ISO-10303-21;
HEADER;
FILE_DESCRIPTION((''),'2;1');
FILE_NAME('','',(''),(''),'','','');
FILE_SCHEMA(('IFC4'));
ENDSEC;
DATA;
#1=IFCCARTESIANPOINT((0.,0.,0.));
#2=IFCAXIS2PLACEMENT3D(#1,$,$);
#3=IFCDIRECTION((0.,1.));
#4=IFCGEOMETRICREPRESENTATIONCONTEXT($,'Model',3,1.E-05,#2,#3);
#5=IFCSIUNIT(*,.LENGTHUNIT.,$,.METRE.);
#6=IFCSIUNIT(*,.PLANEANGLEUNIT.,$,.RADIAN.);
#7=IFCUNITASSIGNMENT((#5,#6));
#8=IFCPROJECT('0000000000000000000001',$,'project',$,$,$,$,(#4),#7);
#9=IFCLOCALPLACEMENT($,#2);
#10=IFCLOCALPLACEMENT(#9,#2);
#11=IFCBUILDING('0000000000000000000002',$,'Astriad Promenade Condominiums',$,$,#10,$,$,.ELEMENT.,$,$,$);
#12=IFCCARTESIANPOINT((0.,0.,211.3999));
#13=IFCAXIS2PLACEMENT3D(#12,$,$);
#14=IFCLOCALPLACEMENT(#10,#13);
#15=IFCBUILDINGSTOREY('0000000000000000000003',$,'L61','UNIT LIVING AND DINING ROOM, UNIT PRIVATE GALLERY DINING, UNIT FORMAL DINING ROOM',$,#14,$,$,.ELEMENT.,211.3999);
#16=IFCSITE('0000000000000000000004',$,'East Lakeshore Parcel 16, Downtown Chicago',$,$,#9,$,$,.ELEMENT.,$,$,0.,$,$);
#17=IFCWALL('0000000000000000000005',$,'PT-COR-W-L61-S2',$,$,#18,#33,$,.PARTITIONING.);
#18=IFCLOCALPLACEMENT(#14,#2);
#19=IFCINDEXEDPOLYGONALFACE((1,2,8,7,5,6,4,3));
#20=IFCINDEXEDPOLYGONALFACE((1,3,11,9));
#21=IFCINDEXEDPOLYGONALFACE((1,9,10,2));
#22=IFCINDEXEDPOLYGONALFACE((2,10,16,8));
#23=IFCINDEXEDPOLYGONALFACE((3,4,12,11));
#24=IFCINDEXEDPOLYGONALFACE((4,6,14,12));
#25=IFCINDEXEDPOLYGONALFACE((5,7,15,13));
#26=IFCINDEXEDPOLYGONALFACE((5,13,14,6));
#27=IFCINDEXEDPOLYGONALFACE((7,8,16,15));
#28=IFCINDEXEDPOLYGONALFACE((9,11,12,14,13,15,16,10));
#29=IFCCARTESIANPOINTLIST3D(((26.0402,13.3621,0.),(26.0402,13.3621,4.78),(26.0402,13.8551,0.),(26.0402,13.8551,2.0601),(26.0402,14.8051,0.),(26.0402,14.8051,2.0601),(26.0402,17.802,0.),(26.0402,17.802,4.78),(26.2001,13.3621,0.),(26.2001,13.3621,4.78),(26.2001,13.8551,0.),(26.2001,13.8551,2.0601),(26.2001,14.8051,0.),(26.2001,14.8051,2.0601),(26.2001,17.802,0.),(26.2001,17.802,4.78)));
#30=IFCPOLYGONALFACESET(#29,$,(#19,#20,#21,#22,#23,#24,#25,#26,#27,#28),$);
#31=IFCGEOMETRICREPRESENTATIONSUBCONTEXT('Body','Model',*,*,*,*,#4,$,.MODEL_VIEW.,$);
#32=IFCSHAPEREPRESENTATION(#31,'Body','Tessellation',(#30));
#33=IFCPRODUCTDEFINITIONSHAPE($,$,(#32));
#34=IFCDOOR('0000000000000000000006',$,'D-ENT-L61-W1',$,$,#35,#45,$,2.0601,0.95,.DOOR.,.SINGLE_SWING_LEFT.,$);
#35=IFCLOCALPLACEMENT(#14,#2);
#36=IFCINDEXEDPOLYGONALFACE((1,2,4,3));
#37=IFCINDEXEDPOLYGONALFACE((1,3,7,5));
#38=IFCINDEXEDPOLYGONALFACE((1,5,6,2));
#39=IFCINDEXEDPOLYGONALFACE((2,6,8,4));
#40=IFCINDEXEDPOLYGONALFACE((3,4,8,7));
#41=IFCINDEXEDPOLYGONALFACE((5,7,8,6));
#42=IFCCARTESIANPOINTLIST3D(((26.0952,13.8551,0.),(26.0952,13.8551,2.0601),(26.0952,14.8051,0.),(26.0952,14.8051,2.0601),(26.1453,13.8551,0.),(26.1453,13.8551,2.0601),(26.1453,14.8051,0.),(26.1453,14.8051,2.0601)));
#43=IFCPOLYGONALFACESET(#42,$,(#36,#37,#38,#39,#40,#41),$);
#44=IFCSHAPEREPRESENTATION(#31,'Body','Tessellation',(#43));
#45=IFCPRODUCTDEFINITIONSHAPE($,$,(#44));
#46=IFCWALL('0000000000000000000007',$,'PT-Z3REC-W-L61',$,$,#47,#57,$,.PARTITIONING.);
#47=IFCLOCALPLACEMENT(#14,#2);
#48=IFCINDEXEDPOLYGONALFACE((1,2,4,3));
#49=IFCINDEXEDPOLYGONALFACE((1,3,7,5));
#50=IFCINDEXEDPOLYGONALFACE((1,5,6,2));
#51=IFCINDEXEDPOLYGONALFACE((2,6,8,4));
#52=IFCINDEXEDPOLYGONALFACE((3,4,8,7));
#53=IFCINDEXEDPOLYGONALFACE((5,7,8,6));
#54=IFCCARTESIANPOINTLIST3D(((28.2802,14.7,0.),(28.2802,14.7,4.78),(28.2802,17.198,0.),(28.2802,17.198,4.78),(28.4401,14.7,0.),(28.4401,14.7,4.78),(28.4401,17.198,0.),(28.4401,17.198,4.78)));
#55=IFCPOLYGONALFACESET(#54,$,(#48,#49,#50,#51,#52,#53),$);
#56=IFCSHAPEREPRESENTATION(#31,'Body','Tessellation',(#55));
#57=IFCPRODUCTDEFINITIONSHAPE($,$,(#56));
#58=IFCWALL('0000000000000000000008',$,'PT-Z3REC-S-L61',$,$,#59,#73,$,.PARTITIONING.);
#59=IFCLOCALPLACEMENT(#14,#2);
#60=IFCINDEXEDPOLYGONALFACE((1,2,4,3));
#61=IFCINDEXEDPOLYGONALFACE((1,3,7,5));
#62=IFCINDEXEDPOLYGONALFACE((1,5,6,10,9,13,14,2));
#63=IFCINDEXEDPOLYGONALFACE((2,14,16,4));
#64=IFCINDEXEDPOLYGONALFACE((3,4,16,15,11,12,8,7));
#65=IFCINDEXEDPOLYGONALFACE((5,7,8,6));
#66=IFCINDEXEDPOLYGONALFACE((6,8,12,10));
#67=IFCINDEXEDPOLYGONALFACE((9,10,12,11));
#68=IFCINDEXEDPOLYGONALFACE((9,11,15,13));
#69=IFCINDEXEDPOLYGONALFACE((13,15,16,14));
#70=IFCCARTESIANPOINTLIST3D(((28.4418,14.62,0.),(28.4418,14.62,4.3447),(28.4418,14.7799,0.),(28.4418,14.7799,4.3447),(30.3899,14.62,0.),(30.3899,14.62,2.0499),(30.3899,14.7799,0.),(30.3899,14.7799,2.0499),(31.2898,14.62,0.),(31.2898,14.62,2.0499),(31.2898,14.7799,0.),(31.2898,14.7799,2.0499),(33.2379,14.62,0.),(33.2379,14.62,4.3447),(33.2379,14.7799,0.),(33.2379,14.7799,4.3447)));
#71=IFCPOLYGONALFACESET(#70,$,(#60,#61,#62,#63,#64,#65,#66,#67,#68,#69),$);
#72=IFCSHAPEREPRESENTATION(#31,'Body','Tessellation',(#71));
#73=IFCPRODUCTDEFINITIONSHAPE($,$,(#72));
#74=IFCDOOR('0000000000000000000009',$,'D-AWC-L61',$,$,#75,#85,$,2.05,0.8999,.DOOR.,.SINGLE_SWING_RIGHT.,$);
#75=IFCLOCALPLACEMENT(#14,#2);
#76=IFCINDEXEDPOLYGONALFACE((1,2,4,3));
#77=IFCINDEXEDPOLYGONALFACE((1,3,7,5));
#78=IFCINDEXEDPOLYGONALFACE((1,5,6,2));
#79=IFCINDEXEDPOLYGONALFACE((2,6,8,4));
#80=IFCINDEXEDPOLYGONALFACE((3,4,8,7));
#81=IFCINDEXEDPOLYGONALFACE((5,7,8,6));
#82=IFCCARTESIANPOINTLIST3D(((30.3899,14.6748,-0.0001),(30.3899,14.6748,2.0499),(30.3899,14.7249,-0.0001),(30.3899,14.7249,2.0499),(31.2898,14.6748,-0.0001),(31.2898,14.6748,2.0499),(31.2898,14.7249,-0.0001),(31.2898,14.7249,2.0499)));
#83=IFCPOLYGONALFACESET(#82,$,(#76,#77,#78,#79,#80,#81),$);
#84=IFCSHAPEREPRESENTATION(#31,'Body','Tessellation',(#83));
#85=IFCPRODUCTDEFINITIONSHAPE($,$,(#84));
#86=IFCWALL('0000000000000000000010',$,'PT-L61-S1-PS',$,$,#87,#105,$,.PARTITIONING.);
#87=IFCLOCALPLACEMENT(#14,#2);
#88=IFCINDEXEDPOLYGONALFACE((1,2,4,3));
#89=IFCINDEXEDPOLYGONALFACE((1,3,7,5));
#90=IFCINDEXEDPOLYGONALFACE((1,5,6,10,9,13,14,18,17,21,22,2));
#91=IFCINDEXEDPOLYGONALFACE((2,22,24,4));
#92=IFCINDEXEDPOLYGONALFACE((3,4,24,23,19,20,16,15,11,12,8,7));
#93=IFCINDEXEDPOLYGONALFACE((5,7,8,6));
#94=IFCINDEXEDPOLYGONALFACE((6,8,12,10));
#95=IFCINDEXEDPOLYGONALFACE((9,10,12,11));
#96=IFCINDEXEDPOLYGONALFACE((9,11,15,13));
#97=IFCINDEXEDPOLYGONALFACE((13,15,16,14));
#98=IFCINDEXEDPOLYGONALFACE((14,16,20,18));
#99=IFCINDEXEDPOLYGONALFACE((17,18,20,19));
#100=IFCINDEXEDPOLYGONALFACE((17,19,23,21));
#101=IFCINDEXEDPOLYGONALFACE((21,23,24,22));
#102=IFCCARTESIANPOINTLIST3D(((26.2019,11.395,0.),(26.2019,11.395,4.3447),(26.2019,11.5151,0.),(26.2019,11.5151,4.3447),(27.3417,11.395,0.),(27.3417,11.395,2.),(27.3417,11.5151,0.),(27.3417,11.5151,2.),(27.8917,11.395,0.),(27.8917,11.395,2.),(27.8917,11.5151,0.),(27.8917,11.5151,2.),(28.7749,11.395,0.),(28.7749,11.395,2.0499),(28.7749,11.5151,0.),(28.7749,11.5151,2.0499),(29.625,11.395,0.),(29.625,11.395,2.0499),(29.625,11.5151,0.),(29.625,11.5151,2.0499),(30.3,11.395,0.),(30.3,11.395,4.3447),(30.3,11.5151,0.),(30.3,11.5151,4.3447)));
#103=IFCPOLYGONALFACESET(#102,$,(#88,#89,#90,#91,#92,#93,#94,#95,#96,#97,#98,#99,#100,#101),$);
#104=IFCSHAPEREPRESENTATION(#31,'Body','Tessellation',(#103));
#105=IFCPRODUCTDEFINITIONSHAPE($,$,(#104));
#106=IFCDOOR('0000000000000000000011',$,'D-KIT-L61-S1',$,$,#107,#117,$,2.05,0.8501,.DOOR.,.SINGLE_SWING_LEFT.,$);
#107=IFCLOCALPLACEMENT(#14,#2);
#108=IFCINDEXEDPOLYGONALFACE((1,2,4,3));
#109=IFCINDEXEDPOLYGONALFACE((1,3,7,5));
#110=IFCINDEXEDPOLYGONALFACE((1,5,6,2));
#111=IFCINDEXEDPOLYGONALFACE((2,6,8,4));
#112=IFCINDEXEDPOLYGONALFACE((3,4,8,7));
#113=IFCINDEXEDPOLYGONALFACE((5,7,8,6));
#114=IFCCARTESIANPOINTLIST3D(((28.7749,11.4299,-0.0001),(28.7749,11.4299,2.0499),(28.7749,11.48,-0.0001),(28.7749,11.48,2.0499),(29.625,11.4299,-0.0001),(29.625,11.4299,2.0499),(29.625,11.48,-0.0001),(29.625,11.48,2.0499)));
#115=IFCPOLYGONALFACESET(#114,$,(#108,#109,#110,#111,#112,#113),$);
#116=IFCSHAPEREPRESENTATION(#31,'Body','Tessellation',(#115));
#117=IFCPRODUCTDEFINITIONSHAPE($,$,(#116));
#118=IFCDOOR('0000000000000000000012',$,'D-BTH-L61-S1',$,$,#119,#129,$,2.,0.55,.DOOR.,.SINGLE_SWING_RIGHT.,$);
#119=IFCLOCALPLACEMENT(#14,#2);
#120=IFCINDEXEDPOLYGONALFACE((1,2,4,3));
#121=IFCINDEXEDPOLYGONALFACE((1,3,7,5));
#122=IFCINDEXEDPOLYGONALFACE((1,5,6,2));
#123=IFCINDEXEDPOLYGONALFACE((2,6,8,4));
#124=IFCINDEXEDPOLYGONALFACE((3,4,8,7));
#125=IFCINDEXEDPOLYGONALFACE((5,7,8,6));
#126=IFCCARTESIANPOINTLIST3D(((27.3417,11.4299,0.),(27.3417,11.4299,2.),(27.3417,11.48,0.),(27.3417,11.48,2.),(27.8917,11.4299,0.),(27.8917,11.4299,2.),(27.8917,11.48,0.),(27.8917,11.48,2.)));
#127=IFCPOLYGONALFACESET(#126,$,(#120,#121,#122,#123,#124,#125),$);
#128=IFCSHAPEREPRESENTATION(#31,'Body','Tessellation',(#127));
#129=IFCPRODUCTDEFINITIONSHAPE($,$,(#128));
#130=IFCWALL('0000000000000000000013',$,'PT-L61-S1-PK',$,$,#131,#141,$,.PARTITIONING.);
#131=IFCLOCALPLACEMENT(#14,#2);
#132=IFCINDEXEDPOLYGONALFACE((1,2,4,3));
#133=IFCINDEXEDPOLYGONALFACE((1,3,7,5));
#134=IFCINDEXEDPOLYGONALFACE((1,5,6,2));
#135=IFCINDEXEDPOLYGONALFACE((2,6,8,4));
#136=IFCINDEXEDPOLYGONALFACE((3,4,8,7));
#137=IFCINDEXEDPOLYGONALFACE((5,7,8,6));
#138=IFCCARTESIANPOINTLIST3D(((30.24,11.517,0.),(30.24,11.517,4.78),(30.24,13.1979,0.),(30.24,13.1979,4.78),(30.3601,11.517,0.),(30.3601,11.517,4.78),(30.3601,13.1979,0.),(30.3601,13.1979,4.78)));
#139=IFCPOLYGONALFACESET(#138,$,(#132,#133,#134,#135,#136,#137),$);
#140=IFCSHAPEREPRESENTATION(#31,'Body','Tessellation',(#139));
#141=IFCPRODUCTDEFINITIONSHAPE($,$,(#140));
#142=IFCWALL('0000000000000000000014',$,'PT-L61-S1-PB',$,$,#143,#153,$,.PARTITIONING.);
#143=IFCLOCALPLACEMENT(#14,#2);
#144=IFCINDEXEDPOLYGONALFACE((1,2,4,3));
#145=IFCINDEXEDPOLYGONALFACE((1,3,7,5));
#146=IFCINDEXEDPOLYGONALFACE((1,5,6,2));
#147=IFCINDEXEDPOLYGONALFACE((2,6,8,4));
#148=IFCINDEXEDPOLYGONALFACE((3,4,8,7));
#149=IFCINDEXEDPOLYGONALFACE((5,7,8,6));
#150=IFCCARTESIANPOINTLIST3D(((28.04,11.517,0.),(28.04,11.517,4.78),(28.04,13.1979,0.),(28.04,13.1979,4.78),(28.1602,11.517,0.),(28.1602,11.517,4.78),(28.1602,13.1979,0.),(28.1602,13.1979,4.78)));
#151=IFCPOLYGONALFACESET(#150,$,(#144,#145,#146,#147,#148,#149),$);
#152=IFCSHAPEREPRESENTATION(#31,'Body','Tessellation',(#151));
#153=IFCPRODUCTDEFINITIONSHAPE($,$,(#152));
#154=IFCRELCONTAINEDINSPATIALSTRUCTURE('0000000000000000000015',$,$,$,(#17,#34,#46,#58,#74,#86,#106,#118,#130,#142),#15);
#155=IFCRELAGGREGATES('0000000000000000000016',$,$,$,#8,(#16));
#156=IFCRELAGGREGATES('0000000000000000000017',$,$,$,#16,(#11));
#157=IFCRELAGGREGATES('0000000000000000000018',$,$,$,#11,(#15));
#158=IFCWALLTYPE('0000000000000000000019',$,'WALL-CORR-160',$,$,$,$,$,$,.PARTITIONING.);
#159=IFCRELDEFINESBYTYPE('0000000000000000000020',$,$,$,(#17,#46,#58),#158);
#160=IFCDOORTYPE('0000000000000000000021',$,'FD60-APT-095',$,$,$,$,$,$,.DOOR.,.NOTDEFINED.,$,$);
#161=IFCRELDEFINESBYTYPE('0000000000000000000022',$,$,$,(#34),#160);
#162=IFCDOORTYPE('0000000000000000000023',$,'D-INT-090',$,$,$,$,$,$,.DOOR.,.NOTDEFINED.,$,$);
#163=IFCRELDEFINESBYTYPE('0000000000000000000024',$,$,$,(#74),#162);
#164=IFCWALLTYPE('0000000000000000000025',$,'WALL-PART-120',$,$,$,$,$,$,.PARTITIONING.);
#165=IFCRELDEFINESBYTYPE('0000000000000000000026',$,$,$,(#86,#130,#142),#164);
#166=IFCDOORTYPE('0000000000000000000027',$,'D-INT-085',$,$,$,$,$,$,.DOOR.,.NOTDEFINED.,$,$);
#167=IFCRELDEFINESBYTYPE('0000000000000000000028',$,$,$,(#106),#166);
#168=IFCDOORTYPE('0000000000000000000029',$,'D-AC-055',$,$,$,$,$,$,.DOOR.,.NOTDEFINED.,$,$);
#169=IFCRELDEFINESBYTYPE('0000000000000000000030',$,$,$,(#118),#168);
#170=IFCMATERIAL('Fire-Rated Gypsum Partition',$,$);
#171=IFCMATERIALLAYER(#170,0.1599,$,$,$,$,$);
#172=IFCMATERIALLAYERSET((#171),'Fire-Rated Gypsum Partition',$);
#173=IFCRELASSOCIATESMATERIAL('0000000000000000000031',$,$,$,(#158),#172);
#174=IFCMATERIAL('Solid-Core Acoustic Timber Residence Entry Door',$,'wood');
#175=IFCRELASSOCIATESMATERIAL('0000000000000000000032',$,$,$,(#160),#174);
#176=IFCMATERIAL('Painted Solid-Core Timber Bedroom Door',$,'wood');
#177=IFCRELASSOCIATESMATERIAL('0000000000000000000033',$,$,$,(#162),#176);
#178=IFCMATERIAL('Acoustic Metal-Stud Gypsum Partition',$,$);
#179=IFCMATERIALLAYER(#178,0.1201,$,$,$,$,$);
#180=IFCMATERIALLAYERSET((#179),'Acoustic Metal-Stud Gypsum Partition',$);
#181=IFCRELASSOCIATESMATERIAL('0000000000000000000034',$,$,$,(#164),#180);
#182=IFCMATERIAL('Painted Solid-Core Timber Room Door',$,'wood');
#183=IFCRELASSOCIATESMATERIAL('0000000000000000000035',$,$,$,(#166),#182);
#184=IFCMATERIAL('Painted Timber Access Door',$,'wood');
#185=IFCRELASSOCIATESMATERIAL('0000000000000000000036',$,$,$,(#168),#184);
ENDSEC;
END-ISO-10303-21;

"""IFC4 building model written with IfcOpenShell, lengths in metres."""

from ifc_helpers import new_model, si_unit, direction, frame, frame_2d, origin, place, context, subcontext, project, spatial, rectangle, extrude, source, transform, mapped, material, layer, layer_set, type_object, type_shapes, element, fill, save


model = new_model("IFC4")

# Units and contexts
model_context = context("Model", 3, precision=1e-05, world=origin(), true_north=direction((0.0, 1.0)))
body_context = subcontext(model_context, "Body", "Model", "MODEL_VIEW")
ifc_project = project(units=[si_unit("LENGTHUNIT", "METRE"), si_unit("PLANEANGLEUNIT", "RADIAN")], contexts=[model_context])

# Site, building, storey
site_placement = place(None, origin())
site = spatial("IfcSite", under=ifc_project, at=site_placement, Name="East Lakeshore Parcel 16, Downtown Chicago", CompositionType="ELEMENT", RefElevation=0.0)
building_placement = place(site_placement, origin())
building = spatial("IfcBuilding", under=site, at=building_placement, Name="Astriad Promenade Condominiums", CompositionType="ELEMENT")
storey_placement = place(building_placement, frame((0.0, 0.0, 211.3999)))
storey = spatial("IfcBuildingStorey", under=building, at=storey_placement, Name="L61", Description="UNIT LIVING AND DINING ROOM, UNIT PRIVATE GALLERY DINING, UNIT FORMAL DINING ROOM", CompositionType="ELEMENT", Elevation=211.3999)

# Shared definitions
ifc_material_1 = material(Name="Fire-Rated Gypsum Partition")
ifc_layer_1 = layer(ifc_material_1, 0.1599)
ifc_layer_set_1 = layer_set([ifc_layer_1], Name="Fire-Rated Gypsum Partition")
wall_type_1 = type_object("IfcWallType", Name="WALL-CORR-160", PredefinedType="PARTITIONING", material=ifc_layer_set_1)
ifc_material_2 = material(Name="Solid-Core Acoustic Timber Residence Entry Door", Category="wood")
door_type_1 = type_object("IfcDoorType", Name="FD60-APT-095", OperationType="NOTDEFINED", PredefinedType="DOOR", material=ifc_material_2)
shared_shape_1 = source(origin(), body_context, "Body", "SweptSolid", [
    extrude(rectangle(XDim=0.95, YDim=2.0601, at=frame_2d((0.4751, 1.03))), frame((0.0, 0.0249, 0.0), z_axis=(0.0, -1.0, 0.0), x_axis=(1.0, 0.0, 0.0)), (0.0, 0.0, 1.0), 0.05),
])
type_shapes(door_type_1, [shared_shape_1])

# Wall, opening, door
wall_1_placement = place(storey_placement, frame((26.1201, 13.3621, 0.0), z_axis=(0.0, 0.0, 1.0), x_axis=(0.0, 1.0, 0.0)))
wall_1 = element("IfcWall", 1, at=wall_1_placement, inside=storey, type_object=wall_type_1, Name="PT-COR-W-L61-S2", PredefinedType="PARTITIONING", context=body_context, shape_type="SweptSolid", body=[
    extrude(rectangle(XDim=4.4399, YDim=0.1599, at=frame_2d((2.22, 0.0))), origin(), (0.0, 0.0, 1.0), 4.78),
])
opening_1_placement = place(wall_1_placement, frame((0.4929, 0.0, 0.0)))
opening_1 = element("IfcOpeningElement", 2, at=opening_1_placement, cuts=wall_1, PredefinedType="OPENING", context=body_context, shape_type="SweptSolid", body=[
    extrude(rectangle(XDim=0.95, YDim=2.0601, at=frame_2d((0.4751, 1.03))), frame((0.0, 0.0898, 0.0), z_axis=(0.0, -1.0, 0.0), x_axis=(1.0, 0.0, 0.0)), (0.0, 0.0, 1.0), 0.1799),
])
door_1_placement = place(opening_1_placement, origin())
door_1 = element("IfcDoor", 3, at=door_1_placement, inside=storey, type_object=door_type_1, Name="D-ENT-L61-W1", OperationType="SINGLE_SWING_LEFT", OverallHeight=2.0601, OverallWidth=0.95, PredefinedType="DOOR", context=body_context, shape_type="MappedRepresentation", body=[
    mapped(shared_shape_1, transform((0.0, 0.0, 0.0), scale=1.0)),
])
fill(opening_1, door_1)

# Wall
wall_2_placement = place(storey_placement, frame((28.3601, 14.7, 0.0), z_axis=(0.0, 0.0, 1.0), x_axis=(0.0, 1.0, 0.0)))
element("IfcWall", 4, at=wall_2_placement, inside=storey, type_object=wall_type_1, Name="PT-Z3REC-W-L61", PredefinedType="PARTITIONING", context=body_context, shape_type="SweptSolid", body=[
    extrude(rectangle(XDim=2.498, YDim=0.1599, at=frame_2d((1.249, 0.0))), origin(), (0.0, 0.0, 1.0), 4.78),
])

# Wall, opening, door
wall_3_placement = place(storey_placement, frame((28.4419, 14.7, 0.0), z_axis=(0.0, 0.0, 1.0), x_axis=(1.0, 0.0, 0.0)))
wall_3 = element("IfcWall", 5, at=wall_3_placement, inside=storey, type_object=wall_type_1, Name="PT-Z3REC-S-L61", PredefinedType="PARTITIONING", context=body_context, shape_type="SweptSolid", body=[
    extrude(rectangle(XDim=4.7961, YDim=0.1599, at=frame_2d((2.3979, 0.0))), origin(), (0.0, 0.0, 1.0), 4.3447),
])
opening_2_placement = place(wall_3_placement, frame((1.948, 0.0, 0.0)))
opening_2 = element("IfcOpeningElement", 6, at=opening_2_placement, cuts=wall_3, PredefinedType="OPENING", context=body_context, shape_type="SweptSolid", body=[
    extrude(rectangle(XDim=0.8999, YDim=2.05, at=frame_2d((0.45, 1.0249))), frame((0.0, 0.0898, 0.0), z_axis=(0.0, -1.0, 0.0), x_axis=(1.0, 0.0, 0.0)), (0.0, 0.0, 1.0), 0.1799),
])
ifc_material_3 = material(Name="Painted Solid-Core Timber Bedroom Door", Category="wood")
door_type_2 = type_object("IfcDoorType", Name="D-INT-090", OperationType="NOTDEFINED", PredefinedType="DOOR", material=ifc_material_3)
shared_shape_2 = source(origin(), body_context, "Body", "SweptSolid", [
    extrude(rectangle(XDim=0.8999, YDim=2.05, at=frame_2d((0.45, 1.0249))), frame((0.0, 0.0249, 0.0), z_axis=(0.0, -1.0, 0.0), x_axis=(1.0, 0.0, 0.0)), (0.0, 0.0, 1.0), 0.05),
])
type_shapes(door_type_2, [shared_shape_2])
door_2_placement = place(opening_2_placement, origin())
door_2 = element("IfcDoor", 7, at=door_2_placement, inside=storey, type_object=door_type_2, Name="D-AWC-L61", OperationType="SINGLE_SWING_RIGHT", OverallHeight=2.05, OverallWidth=0.8999, PredefinedType="DOOR", context=body_context, shape_type="MappedRepresentation", body=[
    mapped(shared_shape_2, transform((0.0, 0.0, 0.0), scale=1.0)),
])
fill(opening_2, door_2)

# Wall, openings, doors
ifc_material_4 = material(Name="Acoustic Metal-Stud Gypsum Partition")
ifc_layer_2 = layer(ifc_material_4, 0.1201)
ifc_layer_set_2 = layer_set([ifc_layer_2], Name="Acoustic Metal-Stud Gypsum Partition")
wall_type_2 = type_object("IfcWallType", Name="WALL-PART-120", PredefinedType="PARTITIONING", material=ifc_layer_set_2)
wall_4_placement = place(storey_placement, frame((26.2019, 11.4551, 0.0), z_axis=(0.0, 0.0, 1.0), x_axis=(1.0, 0.0, 0.0)))
wall_4 = element("IfcWall", 8, at=wall_4_placement, inside=storey, type_object=wall_type_2, Name="PT-L61-S1-PS", PredefinedType="PARTITIONING", context=body_context, shape_type="SweptSolid", body=[
    extrude(rectangle(XDim=4.0981, YDim=0.1201, at=frame_2d((2.0491, 0.0))), origin(), (0.0, 0.0, 1.0), 4.3447),
])
opening_3_placement = place(wall_4_placement, frame((1.1399, 0.0, 0.0)))
opening_3 = element("IfcOpeningElement", 9, at=opening_3_placement, cuts=wall_4, PredefinedType="OPENING", context=body_context, shape_type="SweptSolid", body=[
    extrude(rectangle(XDim=0.55, YDim=2.0, at=frame_2d((0.2749, 1.0))), frame((0.0, 0.0701, 0.0), z_axis=(0.0, -1.0, 0.0), x_axis=(1.0, 0.0, 0.0)), (0.0, 0.0, 1.0), 0.1401),
])
opening_4_placement = place(wall_4_placement, frame((2.573, 0.0, 0.0)))
opening_4 = element("IfcOpeningElement", 10, at=opening_4_placement, cuts=wall_4, PredefinedType="OPENING", context=body_context, shape_type="SweptSolid", body=[
    extrude(rectangle(XDim=0.8501, YDim=2.05, at=frame_2d((0.425, 1.0249))), frame((0.0, 0.0701, 0.0), z_axis=(0.0, -1.0, 0.0), x_axis=(1.0, 0.0, 0.0)), (0.0, 0.0, 1.0), 0.1401),
])
ifc_material_5 = material(Name="Painted Solid-Core Timber Room Door", Category="wood")
door_type_3 = type_object("IfcDoorType", Name="D-INT-085", OperationType="NOTDEFINED", PredefinedType="DOOR", material=ifc_material_5)
shared_shape_3 = source(origin(), body_context, "Body", "SweptSolid", [
    extrude(rectangle(XDim=0.8501, YDim=2.05, at=frame_2d((0.425, 1.0249))), frame((0.0, 0.0249, 0.0), z_axis=(0.0, -1.0, 0.0), x_axis=(1.0, 0.0, 0.0)), (0.0, 0.0, 1.0), 0.05),
])
type_shapes(door_type_3, [shared_shape_3])
door_3_placement = place(opening_4_placement, origin())
door_3 = element("IfcDoor", 11, at=door_3_placement, inside=storey, type_object=door_type_3, Name="D-KIT-L61-S1", OperationType="SINGLE_SWING_LEFT", OverallHeight=2.05, OverallWidth=0.8501, PredefinedType="DOOR", context=body_context, shape_type="MappedRepresentation", body=[
    mapped(shared_shape_3, transform((0.0, 0.0, 0.0), scale=1.0)),
])
fill(opening_4, door_3)
ifc_material_6 = material(Name="Painted Timber Access Door", Category="wood")
door_type_4 = type_object("IfcDoorType", Name="D-AC-055", OperationType="NOTDEFINED", PredefinedType="DOOR", material=ifc_material_6)
shared_shape_4 = source(origin(), body_context, "Body", "SweptSolid", [
    extrude(rectangle(XDim=0.55, YDim=2.0, at=frame_2d((0.2749, 1.0))), frame((0.0, 0.0249, 0.0), z_axis=(0.0, -1.0, 0.0), x_axis=(1.0, 0.0, 0.0)), (0.0, 0.0, 1.0), 0.05),
])
type_shapes(door_type_4, [shared_shape_4])
door_4_placement = place(opening_3_placement, origin())
door_4 = element("IfcDoor", 12, at=door_4_placement, inside=storey, type_object=door_type_4, Name="D-BTH-L61-S1", OperationType="SINGLE_SWING_RIGHT", OverallHeight=2.0, OverallWidth=0.55, PredefinedType="DOOR", context=body_context, shape_type="MappedRepresentation", body=[
    mapped(shared_shape_4, transform((0.0, 0.0, 0.0), scale=1.0)),
])
fill(opening_3, door_4)

# Walls
for number, where, z_axis, x_axis, name in (
    (13, (30.3, 11.5171, 0.0), (0.0, 0.0, 1.0), (0.0, 1.0, 0.0), "PT-L61-S1-PK"),
    (14, (28.1001, 11.5171, 0.0), (0.0, 0.0, 1.0), (0.0, 1.0, 0.0), "PT-L61-S1-PB"),
):
    element("IfcWall", number, at=place(storey_placement, frame(where, z_axis=z_axis, x_axis=x_axis)), inside=storey, type_object=wall_type_2, Name=name, PredefinedType="PARTITIONING", context=body_context, shape_type="SweptSolid", body=[
        extrude(rectangle(XDim=1.6809, YDim=0.1201, at=frame_2d((0.8403, 0.0))), origin(), (0.0, 0.0, 1.0), 4.78),
    ])

save(model, "model.ifc")
